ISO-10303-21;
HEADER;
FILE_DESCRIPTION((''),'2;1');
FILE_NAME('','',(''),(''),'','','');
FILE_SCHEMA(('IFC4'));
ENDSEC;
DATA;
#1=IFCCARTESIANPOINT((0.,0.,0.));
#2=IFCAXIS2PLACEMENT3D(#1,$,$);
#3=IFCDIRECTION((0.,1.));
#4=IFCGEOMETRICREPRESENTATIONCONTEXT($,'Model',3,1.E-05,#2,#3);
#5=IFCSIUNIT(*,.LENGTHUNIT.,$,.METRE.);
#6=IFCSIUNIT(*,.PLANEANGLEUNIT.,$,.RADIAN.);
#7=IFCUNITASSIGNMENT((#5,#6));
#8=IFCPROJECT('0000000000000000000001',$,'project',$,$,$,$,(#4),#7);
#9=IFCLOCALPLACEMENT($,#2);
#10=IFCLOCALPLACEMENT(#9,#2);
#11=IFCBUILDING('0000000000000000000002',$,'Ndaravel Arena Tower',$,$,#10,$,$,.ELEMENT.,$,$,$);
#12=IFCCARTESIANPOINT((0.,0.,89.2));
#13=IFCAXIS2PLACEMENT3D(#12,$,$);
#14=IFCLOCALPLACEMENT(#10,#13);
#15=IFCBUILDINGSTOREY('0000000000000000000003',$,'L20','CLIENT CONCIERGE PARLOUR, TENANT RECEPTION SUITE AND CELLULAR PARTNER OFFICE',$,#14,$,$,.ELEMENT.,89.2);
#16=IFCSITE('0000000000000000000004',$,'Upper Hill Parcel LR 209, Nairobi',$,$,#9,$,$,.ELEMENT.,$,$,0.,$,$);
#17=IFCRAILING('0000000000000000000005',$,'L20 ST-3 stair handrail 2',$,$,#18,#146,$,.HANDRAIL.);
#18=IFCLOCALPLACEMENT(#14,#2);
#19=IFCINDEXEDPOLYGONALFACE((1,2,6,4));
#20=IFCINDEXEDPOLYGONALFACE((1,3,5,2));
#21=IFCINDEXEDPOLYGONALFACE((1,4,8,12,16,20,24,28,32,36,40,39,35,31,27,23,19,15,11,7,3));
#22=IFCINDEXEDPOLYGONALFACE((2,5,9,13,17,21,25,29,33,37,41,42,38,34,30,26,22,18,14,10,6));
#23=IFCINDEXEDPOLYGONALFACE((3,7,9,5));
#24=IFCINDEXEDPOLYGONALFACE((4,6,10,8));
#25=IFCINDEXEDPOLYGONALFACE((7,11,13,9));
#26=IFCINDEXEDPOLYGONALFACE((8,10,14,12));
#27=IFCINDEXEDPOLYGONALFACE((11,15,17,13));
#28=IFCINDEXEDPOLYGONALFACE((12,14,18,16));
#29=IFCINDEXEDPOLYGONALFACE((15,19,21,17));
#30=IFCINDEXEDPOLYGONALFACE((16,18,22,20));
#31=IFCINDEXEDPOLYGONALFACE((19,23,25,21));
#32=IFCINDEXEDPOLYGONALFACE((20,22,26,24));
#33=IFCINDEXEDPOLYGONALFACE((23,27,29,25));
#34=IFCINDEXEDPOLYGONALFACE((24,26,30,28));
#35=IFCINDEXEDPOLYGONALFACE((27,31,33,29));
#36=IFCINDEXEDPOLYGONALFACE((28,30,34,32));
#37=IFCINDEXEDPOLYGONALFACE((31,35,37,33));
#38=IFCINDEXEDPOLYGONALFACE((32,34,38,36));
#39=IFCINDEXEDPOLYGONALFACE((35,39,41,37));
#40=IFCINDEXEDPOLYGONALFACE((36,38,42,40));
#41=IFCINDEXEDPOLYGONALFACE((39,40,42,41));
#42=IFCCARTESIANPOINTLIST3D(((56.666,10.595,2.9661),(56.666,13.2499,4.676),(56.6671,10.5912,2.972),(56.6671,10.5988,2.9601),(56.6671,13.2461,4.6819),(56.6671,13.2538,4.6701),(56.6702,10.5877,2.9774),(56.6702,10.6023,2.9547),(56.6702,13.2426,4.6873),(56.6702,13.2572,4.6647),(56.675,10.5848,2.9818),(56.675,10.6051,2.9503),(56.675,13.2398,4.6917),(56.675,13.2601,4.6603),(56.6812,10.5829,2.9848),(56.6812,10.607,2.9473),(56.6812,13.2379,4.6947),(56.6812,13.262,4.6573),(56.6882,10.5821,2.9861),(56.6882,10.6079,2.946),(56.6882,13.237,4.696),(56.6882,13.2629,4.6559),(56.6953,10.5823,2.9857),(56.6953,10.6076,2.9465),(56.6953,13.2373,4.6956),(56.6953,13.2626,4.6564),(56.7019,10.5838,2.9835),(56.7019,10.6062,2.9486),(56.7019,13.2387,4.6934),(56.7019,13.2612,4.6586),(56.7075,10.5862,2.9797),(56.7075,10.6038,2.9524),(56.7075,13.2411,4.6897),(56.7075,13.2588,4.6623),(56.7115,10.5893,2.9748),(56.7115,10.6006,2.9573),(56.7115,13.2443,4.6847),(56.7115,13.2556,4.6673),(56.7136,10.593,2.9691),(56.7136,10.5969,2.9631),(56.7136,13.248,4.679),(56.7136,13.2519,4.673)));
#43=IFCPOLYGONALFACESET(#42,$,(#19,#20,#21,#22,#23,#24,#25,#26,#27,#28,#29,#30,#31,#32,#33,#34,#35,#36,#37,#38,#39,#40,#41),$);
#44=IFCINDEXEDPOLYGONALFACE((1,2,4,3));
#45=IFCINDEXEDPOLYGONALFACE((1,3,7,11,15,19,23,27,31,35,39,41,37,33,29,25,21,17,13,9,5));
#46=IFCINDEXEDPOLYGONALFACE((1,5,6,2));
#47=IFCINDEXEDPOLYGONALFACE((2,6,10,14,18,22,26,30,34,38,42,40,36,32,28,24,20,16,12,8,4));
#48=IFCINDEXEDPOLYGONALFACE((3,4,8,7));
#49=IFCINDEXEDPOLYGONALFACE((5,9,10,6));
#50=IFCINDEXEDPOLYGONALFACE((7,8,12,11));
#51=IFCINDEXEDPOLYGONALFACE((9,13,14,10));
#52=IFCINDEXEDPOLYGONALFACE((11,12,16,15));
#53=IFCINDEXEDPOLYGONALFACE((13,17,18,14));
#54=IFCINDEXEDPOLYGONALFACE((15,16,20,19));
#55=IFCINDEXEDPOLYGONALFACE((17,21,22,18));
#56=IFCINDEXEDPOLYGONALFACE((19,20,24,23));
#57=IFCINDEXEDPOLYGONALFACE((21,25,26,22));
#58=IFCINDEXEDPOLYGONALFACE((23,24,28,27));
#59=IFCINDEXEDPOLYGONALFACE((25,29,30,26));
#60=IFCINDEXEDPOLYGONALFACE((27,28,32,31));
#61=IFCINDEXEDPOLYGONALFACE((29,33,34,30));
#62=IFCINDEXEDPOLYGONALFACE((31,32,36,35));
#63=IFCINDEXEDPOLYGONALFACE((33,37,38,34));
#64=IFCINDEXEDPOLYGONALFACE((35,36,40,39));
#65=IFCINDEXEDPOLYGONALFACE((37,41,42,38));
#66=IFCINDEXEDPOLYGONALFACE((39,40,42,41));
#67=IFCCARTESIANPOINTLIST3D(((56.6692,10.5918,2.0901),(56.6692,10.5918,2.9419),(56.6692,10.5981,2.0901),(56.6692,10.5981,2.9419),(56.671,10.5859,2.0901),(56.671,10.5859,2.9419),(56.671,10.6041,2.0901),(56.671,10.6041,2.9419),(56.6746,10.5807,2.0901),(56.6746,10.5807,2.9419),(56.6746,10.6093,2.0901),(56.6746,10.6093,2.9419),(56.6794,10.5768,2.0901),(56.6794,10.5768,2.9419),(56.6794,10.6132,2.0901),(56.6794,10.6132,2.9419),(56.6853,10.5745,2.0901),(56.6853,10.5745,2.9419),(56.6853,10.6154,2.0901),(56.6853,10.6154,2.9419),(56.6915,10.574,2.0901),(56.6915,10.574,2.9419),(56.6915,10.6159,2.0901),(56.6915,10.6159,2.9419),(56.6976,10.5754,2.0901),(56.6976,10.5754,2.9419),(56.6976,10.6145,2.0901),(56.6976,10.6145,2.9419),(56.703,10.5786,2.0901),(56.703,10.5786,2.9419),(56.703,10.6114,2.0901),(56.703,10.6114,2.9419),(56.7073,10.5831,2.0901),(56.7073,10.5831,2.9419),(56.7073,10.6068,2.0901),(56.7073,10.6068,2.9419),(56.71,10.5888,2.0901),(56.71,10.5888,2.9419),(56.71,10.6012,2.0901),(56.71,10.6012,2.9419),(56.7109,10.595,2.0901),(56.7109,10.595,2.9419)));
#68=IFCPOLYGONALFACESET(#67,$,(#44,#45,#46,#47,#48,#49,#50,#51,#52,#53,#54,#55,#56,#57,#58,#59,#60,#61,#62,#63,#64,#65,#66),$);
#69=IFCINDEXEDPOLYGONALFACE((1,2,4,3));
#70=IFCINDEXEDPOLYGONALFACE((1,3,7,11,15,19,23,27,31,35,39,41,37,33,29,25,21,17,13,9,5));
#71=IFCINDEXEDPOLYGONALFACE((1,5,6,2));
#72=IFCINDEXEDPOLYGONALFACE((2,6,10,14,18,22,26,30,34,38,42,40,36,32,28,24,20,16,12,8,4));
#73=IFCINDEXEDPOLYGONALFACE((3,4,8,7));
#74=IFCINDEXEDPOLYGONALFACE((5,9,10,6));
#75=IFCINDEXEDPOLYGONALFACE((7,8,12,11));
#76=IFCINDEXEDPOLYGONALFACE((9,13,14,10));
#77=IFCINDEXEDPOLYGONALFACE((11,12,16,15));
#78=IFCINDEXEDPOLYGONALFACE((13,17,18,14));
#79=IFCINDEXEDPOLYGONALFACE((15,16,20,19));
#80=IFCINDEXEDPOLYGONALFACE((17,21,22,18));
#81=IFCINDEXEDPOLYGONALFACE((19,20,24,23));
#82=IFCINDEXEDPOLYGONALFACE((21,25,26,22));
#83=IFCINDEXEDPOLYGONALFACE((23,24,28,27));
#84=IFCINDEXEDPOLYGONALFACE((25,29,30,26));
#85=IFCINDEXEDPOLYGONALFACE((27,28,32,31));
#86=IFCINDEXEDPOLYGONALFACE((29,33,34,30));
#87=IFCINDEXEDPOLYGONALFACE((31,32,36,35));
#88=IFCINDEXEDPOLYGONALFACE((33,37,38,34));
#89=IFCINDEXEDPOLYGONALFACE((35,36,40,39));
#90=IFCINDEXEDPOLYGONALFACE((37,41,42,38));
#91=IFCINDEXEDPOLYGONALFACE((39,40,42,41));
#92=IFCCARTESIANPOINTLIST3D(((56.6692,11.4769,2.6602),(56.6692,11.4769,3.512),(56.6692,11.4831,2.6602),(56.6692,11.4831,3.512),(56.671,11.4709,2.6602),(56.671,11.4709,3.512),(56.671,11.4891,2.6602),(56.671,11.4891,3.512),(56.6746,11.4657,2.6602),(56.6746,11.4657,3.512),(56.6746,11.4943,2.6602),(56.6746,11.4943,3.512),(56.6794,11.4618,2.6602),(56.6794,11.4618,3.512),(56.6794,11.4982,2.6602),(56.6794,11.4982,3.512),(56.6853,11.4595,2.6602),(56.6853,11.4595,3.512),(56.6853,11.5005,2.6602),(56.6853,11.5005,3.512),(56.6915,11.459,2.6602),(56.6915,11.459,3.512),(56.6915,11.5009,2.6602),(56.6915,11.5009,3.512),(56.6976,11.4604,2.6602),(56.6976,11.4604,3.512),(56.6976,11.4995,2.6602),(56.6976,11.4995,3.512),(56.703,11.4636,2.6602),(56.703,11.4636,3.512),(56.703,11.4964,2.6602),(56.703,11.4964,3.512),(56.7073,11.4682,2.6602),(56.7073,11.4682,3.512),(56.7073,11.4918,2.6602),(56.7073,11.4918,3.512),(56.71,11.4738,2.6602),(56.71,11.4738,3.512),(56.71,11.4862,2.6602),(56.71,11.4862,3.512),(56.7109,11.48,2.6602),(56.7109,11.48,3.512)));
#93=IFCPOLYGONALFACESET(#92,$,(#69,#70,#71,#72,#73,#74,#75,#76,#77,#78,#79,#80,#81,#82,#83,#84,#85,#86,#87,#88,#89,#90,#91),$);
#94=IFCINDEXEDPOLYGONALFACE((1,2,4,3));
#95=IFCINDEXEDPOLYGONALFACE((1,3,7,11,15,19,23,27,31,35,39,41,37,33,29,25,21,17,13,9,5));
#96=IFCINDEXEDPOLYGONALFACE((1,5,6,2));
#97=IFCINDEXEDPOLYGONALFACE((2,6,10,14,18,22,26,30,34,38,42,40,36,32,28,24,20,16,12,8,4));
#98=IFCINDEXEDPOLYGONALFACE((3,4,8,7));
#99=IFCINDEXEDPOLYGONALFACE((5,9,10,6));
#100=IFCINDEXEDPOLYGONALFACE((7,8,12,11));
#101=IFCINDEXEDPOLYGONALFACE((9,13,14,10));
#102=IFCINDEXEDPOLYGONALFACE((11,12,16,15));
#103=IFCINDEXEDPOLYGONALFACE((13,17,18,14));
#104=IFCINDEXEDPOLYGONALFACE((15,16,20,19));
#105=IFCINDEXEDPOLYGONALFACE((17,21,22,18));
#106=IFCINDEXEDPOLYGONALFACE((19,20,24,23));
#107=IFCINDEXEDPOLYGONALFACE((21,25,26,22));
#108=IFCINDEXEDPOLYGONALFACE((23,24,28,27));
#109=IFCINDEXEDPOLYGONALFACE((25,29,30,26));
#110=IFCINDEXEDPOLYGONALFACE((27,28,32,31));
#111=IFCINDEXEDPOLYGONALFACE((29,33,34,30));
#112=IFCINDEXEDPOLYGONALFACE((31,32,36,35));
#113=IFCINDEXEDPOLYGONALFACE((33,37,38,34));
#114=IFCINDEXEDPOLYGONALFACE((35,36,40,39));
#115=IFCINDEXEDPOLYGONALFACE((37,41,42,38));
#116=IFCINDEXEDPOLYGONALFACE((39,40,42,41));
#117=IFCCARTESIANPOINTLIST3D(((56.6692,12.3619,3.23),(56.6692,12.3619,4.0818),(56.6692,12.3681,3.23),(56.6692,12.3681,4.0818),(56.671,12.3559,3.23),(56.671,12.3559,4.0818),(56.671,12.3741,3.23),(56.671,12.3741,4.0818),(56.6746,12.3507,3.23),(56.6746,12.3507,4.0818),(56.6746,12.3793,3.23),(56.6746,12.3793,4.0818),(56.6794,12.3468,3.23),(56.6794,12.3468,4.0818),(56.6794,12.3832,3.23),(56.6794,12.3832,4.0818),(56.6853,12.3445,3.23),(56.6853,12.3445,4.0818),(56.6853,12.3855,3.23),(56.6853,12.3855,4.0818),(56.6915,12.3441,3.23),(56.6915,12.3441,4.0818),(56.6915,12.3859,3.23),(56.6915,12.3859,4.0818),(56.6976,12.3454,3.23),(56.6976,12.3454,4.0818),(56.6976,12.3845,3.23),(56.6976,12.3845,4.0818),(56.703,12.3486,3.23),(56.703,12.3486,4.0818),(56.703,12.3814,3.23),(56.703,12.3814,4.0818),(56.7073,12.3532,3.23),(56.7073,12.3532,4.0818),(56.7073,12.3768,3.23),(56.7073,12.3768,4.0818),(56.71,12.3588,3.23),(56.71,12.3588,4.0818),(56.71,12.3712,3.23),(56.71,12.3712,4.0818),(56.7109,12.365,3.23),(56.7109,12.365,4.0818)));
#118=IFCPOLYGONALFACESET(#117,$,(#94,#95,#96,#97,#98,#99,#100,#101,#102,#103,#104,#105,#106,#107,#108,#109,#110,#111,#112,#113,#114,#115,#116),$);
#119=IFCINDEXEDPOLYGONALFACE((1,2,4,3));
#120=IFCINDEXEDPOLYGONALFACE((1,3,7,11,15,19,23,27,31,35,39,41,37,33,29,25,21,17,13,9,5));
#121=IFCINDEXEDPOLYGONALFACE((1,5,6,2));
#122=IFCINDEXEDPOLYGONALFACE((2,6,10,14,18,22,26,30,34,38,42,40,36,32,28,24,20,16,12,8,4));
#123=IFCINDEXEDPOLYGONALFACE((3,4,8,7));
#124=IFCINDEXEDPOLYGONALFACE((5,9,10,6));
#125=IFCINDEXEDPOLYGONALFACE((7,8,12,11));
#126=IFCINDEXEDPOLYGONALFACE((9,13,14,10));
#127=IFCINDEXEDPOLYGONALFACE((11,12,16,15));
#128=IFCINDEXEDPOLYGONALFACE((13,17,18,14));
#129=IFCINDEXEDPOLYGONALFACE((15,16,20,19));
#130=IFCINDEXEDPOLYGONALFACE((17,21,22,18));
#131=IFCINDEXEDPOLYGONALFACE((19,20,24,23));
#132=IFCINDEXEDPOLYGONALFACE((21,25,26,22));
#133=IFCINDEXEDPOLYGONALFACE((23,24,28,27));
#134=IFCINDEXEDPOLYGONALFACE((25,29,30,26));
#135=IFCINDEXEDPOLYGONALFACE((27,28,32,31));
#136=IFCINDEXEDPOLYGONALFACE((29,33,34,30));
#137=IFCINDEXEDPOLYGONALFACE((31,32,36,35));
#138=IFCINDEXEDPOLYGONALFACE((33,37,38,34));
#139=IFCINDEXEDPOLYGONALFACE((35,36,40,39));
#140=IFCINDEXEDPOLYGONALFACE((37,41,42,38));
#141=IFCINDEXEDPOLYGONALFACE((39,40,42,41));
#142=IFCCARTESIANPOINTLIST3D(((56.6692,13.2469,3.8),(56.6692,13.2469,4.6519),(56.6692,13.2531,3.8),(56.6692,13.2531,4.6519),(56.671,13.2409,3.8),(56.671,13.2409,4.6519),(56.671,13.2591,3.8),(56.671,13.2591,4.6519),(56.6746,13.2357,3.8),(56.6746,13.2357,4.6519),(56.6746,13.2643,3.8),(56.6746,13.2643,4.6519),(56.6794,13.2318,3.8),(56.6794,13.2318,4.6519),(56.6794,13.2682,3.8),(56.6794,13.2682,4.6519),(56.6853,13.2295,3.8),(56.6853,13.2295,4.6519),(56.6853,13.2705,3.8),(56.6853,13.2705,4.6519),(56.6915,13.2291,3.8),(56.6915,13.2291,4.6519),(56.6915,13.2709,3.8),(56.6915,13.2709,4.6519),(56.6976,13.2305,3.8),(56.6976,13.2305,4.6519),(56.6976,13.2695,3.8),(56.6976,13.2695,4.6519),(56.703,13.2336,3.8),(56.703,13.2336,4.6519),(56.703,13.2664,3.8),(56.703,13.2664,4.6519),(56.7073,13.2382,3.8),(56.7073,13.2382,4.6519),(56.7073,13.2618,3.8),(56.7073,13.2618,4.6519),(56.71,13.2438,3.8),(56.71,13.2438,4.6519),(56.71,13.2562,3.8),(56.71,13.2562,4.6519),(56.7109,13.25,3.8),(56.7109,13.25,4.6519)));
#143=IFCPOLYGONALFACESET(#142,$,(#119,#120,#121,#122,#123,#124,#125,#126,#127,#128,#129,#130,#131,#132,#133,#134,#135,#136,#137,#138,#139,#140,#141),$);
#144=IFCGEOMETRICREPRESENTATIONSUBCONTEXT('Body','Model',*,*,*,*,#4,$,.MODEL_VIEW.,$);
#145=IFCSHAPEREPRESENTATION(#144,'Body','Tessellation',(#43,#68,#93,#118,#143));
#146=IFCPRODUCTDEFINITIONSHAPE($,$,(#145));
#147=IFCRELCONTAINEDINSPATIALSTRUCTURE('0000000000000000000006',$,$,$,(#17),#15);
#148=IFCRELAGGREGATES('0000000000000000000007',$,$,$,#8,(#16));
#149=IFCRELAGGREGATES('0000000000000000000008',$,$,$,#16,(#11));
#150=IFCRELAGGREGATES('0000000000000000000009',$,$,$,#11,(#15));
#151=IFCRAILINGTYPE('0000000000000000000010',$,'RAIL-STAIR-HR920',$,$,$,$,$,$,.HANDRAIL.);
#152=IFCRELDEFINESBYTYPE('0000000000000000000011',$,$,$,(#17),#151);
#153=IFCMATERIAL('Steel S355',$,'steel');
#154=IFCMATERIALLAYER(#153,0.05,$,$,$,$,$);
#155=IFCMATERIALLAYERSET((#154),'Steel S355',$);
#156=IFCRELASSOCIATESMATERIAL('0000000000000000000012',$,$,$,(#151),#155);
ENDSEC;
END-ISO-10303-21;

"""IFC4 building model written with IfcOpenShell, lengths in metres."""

from ifc_helpers import new_model, si_unit, direction, frame, origin, origin_2d, place, context, subcontext, project, spatial, circle, extrude, material, layer, layer_set, type_object, element, save


model = new_model("IFC4")

# Units and contexts
model_context = context("Model", 3, precision=1e-05, world=origin(), true_north=direction((0.0, 1.0)))
body_context = subcontext(model_context, "Body", "Model", "MODEL_VIEW")
ifc_project = project(units=[si_unit("LENGTHUNIT", "METRE"), si_unit("PLANEANGLEUNIT", "RADIAN")], contexts=[model_context])

# Site, building, storey
site_placement = place(None, origin())
site = spatial("IfcSite", under=ifc_project, at=site_placement, Name="Upper Hill Parcel LR 209, Nairobi", CompositionType="ELEMENT", RefElevation=0.0)
building_placement = place(site_placement, origin())
building = spatial("IfcBuilding", under=site, at=building_placement, Name="Ndaravel Arena Tower", CompositionType="ELEMENT")
storey_placement = place(building_placement, frame((0.0, 0.0, 89.2)))
storey = spatial("IfcBuildingStorey", under=building, at=storey_placement, Name="L20", Description="CLIENT CONCIERGE PARLOUR, TENANT RECEPTION SUITE AND CELLULAR PARTNER OFFICE", CompositionType="ELEMENT", Elevation=89.2)

# Railing
ifc_material_1 = material(Name="Steel S355", Category="steel")
ifc_layer_1 = layer(ifc_material_1, 0.05)
ifc_layer_set_1 = layer_set([ifc_layer_1], Name="Steel S355")
railing_type_1 = type_object("IfcRailingType", Name="RAIL-STAIR-HR920", PredefinedType="HANDRAIL", material=ifc_layer_set_1)
railing_1_placement = place(storey_placement, frame((56.6899, 10.595, 2.0901)))
element("IfcRailing", 1, at=railing_1_placement, inside=storey, type_object=railing_type_1, Name="L20 ST-3 stair handrail 2", PredefinedType="HANDRAIL", context=body_context, shape_type="SweptSolid", body=[
    extrude(circle(Radius=0.0239, at=origin_2d()), frame((0.0, 0.0, 0.876), z_axis=(0.0, 0.840724, 0.541465), x_axis=(-1.0, 0.0, 0.0)), (0.0, 0.0, 1.0), 3.158),
    extrude(circle(Radius=0.021, at=origin_2d()), origin(), (0.0, 0.0, 1.0), 0.8518),
    extrude(circle(Radius=0.021, at=origin_2d()), frame((0.0, 0.885, 0.5701)), (0.0, 0.0, 1.0), 0.8518),
    extrude(circle(Radius=0.021, at=origin_2d()), frame((0.0, 1.77, 1.1399)), (0.0, 0.0, 1.0), 0.8518),
    extrude(circle(Radius=0.021, at=origin_2d()), frame((0.0, 2.655, 1.71)), (0.0, 0.0, 1.0), 0.8518),
])

save(model, "model.ifc")
